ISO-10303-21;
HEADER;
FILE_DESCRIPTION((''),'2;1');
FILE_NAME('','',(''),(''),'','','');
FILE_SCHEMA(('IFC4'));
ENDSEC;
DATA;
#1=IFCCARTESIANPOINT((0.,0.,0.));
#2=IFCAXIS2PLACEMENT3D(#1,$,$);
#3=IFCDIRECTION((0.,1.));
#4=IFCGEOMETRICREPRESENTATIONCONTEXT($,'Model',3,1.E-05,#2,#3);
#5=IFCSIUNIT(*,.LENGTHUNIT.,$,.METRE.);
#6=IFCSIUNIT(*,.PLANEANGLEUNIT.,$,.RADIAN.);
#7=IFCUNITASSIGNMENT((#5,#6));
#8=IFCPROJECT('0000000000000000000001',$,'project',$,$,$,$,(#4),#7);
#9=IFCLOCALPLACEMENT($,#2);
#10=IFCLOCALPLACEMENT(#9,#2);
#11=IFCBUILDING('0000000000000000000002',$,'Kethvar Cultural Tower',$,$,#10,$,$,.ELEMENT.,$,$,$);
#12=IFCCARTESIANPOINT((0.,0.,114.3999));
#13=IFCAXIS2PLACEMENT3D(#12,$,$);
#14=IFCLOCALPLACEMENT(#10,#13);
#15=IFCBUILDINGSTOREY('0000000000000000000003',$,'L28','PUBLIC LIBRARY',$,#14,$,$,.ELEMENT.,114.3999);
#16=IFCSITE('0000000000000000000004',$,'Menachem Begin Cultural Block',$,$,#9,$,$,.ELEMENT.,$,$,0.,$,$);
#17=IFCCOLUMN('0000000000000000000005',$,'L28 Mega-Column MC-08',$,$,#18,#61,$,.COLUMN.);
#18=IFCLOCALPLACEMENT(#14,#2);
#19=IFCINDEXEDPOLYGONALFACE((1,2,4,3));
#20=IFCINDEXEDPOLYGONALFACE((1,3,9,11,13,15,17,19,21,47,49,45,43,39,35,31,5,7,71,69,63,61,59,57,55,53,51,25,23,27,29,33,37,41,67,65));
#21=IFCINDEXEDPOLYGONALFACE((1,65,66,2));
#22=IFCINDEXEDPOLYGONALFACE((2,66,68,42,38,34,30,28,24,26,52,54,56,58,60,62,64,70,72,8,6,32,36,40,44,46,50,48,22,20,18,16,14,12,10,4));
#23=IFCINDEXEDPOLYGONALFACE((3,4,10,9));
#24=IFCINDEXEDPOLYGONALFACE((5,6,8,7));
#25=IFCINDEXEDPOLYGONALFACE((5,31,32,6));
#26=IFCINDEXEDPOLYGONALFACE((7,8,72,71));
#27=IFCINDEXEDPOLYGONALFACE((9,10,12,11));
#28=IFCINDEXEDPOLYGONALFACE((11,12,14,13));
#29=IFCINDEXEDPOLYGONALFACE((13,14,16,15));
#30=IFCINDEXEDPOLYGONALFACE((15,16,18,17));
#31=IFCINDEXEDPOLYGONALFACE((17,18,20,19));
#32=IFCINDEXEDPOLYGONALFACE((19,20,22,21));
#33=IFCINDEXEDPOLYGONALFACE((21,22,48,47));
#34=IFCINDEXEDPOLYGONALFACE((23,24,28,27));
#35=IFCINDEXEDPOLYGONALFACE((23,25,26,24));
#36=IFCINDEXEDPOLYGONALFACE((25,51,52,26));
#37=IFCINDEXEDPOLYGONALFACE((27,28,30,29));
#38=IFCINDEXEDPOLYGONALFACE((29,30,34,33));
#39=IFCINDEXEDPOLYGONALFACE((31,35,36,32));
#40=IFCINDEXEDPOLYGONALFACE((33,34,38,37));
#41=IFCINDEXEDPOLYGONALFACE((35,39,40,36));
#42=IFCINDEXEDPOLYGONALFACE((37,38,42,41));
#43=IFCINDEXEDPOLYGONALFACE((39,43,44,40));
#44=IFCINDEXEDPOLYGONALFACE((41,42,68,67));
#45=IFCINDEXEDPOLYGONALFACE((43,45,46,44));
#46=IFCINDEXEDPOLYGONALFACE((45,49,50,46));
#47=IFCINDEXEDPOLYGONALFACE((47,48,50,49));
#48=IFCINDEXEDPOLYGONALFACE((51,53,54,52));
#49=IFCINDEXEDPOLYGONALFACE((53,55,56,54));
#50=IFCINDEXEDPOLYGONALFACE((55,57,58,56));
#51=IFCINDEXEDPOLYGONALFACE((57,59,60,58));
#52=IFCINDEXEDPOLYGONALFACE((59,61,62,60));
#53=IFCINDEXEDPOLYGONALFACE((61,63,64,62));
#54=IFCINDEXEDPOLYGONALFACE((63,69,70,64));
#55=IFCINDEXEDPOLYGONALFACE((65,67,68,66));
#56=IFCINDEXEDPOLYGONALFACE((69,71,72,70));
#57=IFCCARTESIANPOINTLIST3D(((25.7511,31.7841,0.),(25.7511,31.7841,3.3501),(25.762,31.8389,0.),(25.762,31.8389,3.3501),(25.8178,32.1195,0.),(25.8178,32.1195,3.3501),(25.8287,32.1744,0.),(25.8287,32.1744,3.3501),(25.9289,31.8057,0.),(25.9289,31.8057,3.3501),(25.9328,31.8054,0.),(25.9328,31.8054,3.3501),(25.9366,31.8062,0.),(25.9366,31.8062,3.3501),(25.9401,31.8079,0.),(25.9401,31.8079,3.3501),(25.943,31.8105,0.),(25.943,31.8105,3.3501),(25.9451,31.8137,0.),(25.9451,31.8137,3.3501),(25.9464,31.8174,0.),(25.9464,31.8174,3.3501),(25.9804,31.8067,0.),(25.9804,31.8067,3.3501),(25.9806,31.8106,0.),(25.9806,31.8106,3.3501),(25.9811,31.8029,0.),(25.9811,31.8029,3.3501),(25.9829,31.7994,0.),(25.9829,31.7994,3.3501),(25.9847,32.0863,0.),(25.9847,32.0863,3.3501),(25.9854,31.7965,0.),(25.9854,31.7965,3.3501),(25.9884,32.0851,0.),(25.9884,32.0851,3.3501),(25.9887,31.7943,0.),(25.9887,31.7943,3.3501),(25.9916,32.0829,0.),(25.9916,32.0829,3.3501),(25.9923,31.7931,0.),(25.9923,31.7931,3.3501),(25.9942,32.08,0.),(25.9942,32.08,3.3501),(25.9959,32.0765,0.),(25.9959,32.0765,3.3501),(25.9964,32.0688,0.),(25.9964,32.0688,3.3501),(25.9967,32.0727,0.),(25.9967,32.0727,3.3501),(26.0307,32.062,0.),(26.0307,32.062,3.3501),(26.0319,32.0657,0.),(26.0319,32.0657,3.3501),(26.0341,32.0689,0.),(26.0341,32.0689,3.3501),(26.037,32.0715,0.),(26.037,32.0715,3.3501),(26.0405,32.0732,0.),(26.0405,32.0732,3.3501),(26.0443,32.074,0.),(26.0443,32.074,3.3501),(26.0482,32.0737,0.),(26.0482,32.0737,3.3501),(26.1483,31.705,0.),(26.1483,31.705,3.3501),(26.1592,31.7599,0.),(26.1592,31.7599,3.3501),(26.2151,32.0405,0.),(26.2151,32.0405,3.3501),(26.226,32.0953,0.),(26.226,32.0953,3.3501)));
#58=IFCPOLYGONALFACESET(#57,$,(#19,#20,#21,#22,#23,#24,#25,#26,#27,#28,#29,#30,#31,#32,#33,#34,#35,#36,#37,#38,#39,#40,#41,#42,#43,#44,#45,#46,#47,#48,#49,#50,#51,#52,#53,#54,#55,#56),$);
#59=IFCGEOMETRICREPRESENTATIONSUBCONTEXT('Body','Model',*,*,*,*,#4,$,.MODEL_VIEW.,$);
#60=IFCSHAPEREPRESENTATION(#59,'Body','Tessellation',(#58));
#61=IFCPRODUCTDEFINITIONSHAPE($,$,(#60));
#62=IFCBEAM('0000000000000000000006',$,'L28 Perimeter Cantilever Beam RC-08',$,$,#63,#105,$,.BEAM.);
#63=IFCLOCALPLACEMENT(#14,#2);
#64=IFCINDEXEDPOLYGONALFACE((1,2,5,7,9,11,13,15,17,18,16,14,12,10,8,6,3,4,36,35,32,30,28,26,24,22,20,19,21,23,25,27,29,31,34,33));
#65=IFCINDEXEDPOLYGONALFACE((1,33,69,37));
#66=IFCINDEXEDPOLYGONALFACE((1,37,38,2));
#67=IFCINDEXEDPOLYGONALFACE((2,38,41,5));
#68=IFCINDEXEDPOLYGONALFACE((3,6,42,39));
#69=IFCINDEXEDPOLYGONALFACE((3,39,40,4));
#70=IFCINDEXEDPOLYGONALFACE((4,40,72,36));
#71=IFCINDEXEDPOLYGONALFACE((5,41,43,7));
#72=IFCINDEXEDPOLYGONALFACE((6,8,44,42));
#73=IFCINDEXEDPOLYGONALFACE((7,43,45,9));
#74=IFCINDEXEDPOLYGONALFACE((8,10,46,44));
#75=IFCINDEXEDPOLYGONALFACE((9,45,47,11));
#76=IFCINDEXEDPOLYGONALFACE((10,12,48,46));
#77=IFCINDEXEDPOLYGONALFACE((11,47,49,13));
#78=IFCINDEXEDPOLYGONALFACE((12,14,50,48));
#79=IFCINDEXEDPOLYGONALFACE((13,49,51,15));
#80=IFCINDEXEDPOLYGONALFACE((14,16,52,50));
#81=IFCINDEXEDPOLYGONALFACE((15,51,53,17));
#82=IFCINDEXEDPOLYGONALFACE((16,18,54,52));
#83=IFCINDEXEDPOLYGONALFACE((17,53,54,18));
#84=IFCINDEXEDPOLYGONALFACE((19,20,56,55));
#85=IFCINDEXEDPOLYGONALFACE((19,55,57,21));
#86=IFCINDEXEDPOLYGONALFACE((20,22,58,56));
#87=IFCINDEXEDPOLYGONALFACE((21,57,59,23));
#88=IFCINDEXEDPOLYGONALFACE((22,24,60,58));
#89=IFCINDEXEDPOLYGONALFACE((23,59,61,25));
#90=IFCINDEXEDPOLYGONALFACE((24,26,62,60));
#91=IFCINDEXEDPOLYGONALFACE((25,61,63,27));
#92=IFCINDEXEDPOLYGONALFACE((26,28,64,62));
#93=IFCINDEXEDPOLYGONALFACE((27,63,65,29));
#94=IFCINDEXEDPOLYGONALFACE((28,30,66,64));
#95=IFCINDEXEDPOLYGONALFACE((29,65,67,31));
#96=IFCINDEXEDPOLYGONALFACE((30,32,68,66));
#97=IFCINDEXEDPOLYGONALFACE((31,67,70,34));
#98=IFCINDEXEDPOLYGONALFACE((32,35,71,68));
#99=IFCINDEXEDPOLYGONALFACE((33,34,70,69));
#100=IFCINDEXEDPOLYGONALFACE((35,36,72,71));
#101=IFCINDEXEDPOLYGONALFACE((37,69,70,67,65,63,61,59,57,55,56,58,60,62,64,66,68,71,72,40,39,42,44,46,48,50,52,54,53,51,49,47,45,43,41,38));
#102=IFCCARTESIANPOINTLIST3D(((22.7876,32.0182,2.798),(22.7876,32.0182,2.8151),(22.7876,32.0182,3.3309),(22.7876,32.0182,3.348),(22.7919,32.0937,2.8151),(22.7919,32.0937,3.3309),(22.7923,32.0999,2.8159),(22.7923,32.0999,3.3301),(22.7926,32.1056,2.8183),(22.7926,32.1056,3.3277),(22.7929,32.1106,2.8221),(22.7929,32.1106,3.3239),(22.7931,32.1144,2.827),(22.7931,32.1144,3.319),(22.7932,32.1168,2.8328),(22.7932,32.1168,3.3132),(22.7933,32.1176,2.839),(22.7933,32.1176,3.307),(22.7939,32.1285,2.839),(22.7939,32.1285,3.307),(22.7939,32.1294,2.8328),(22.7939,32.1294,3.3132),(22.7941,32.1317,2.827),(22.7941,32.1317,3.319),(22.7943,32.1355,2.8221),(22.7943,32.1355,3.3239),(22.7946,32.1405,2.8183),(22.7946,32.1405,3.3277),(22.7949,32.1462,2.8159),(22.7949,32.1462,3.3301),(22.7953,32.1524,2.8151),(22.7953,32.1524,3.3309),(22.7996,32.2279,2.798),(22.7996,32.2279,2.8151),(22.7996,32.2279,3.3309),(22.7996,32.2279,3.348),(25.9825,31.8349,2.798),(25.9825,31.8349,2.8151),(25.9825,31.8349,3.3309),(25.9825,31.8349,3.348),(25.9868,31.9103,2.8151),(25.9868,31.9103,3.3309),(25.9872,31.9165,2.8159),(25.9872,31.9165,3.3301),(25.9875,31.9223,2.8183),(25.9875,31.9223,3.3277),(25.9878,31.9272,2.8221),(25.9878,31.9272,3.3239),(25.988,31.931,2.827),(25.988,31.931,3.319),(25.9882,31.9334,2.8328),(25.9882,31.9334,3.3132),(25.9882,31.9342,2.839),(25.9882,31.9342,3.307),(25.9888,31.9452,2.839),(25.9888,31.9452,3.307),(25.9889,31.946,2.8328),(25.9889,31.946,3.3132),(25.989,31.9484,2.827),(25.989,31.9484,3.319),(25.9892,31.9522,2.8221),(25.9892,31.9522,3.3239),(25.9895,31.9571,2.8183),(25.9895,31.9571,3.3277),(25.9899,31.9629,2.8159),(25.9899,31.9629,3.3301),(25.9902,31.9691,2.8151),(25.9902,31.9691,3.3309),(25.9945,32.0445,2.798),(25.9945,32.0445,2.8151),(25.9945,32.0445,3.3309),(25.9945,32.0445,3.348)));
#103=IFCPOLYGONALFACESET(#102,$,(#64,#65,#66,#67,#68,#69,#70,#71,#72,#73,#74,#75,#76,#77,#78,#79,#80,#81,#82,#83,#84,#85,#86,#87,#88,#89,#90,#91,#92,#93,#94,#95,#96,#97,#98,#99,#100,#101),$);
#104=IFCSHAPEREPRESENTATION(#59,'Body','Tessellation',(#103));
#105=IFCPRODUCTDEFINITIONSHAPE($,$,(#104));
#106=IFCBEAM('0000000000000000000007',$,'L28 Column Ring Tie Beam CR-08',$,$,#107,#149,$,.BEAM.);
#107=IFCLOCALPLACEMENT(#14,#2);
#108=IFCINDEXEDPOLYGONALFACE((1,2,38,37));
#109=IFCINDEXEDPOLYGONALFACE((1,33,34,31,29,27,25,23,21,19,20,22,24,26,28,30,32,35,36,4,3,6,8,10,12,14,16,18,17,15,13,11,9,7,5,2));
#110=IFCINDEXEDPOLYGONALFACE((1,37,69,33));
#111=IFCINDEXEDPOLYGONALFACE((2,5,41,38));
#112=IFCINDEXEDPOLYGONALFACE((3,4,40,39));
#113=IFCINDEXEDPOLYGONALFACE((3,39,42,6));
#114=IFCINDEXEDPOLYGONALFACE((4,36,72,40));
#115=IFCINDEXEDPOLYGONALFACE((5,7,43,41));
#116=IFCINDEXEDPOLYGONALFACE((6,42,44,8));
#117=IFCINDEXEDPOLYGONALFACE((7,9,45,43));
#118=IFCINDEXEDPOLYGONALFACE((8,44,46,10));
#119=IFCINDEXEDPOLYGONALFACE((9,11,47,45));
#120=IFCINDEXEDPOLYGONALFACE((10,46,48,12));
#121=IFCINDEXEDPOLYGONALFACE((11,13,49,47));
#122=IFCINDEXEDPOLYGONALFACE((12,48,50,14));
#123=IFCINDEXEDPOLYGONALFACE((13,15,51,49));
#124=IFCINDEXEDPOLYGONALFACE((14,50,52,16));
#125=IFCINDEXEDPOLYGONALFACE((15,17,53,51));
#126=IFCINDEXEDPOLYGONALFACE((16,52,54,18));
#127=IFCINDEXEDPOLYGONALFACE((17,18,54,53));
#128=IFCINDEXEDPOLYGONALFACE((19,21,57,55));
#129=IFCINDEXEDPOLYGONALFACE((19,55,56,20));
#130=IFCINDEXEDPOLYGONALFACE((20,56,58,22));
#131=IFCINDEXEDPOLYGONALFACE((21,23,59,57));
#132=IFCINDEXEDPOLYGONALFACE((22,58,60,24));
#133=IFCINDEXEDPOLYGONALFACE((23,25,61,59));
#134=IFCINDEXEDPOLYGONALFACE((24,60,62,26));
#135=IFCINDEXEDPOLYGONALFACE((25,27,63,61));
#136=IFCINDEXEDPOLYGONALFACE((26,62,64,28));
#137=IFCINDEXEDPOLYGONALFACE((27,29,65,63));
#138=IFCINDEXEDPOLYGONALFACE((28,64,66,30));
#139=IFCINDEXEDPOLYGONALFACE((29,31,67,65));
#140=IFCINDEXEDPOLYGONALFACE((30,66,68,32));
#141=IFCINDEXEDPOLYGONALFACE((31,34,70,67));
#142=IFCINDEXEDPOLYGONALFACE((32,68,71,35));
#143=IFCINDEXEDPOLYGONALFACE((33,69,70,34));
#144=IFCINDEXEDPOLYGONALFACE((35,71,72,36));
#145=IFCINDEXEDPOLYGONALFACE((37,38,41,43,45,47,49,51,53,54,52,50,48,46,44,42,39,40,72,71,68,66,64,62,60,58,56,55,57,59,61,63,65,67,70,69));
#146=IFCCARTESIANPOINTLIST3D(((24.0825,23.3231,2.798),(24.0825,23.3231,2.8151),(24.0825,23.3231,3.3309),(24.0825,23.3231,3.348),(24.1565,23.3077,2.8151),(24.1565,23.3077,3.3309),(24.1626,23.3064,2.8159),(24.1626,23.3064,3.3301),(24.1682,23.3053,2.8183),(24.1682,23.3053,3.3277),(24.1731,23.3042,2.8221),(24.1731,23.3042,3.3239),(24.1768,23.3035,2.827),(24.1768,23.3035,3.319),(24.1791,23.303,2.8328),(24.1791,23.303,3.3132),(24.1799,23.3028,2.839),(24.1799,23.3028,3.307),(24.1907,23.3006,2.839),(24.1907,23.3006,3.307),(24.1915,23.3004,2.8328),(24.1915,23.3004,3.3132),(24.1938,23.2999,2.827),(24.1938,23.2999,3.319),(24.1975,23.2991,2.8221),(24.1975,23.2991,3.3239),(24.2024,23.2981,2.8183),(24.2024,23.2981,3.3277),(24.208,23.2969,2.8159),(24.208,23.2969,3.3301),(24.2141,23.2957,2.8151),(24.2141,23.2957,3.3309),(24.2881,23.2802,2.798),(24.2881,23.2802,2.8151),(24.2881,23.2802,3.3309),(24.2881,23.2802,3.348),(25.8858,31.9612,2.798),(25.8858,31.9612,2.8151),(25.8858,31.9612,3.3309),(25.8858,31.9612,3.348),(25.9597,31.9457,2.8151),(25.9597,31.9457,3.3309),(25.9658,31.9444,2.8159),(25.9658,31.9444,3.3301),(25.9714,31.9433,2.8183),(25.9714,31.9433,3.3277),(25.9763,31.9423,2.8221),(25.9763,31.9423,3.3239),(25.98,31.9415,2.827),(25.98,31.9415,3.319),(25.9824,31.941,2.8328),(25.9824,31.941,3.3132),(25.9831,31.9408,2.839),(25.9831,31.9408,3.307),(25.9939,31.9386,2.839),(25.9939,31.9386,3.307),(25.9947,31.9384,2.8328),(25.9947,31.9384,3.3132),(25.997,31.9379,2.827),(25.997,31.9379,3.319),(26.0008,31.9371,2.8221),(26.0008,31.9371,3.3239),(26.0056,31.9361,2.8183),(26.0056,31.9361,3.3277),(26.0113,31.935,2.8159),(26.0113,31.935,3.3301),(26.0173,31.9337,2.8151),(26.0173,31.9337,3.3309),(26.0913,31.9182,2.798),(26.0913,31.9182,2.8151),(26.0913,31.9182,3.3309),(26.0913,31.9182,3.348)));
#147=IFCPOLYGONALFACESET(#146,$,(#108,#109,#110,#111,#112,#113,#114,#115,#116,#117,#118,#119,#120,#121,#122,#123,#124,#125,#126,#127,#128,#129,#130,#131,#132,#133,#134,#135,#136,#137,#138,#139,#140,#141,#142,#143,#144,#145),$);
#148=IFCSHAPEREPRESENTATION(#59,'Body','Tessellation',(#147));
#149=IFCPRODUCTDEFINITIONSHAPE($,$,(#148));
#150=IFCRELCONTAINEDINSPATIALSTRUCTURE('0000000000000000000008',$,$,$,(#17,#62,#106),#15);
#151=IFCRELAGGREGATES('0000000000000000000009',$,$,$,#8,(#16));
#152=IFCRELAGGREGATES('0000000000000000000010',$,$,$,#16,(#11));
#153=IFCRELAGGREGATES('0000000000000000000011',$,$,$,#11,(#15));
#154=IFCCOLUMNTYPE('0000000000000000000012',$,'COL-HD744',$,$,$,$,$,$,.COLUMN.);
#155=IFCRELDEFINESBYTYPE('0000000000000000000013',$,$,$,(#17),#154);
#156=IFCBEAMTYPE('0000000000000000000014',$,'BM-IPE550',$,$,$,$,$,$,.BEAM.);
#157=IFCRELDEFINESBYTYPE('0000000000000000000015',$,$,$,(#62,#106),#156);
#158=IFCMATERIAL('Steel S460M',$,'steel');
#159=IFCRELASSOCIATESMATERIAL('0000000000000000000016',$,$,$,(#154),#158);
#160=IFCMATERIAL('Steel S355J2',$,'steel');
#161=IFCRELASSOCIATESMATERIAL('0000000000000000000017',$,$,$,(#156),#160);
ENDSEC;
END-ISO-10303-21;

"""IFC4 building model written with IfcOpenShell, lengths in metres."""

from ifc_helpers import new_model, si_unit, direction, frame, origin, origin_2d, place, context, subcontext, project, spatial, i_section, extrude, source, transform, mapped, material, material_profile, profile_set, type_object, element, save


model = new_model("IFC4")

# Units and contexts
model_context = context("Model", 3, precision=1e-05, world=origin(), true_north=direction((0.0, 1.0)))
body_context = subcontext(model_context, "Body", "Model", "MODEL_VIEW")
ifc_project = project(units=[si_unit("LENGTHUNIT", "METRE"), si_unit("PLANEANGLEUNIT", "RADIAN")], contexts=[model_context])

# Site, building, storey
site_placement = place(None, origin())
site = spatial("IfcSite", under=ifc_project, at=site_placement, Name="Menachem Begin Cultural Block", CompositionType="ELEMENT", RefElevation=0.0)
building_placement = place(site_placement, origin())
building = spatial("IfcBuilding", under=site, at=building_placement, Name="Kethvar Cultural Tower", CompositionType="ELEMENT")
storey_placement = place(building_placement, frame((0.0, 0.0, 114.3999)))
storey = spatial("IfcBuildingStorey", under=building, at=storey_placement, Name="L28", Description="PUBLIC LIBRARY", CompositionType="ELEMENT", Elevation=114.3999)

# Column
ifc_material_1 = material(Name="Steel S460M", Category="steel")
ifc_material_profile_1 = material_profile(ifc_material_1, i_section(OverallWidth=0.405, OverallDepth=0.3979, WebThickness=0.0349, FlangeThickness=0.0559, FilletRadius=0.0149, at=origin_2d()), Name="Steel S460M — HD400x744")
ifc_profile_set_1 = profile_set([ifc_material_profile_1], Name="Steel S460M — HD400x744")
column_type = type_object("IfcColumnType", Name="COL-HD744", PredefinedType="COLUMN", material=ifc_profile_set_1)
shared_shape_1 = source(origin(), body_context, "Body", "SweptSolid", [
    extrude(i_section(OverallWidth=0.405, OverallDepth=0.3979, WebThickness=0.0349, FlangeThickness=0.0559, FilletRadius=0.0149, at=origin_2d()), origin(), (0.0, 0.0, 1.0), 3.3501),
])
column_placement = place(storey_placement, frame((25.9885, 31.9397, 0.0), z_axis=(0.0, 0.0, 1.0), x_axis=(-0.980785, 0.19509, 0.0)))
element("IfcColumn", 1, at=column_placement, inside=storey, type_object=column_type, Name="L28 Mega-Column MC-08", PredefinedType="COLUMN", context=body_context, shape_type="MappedRepresentation", body=[
    mapped(shared_shape_1, transform((0.0, 0.0, 0.0), scale=1.0)),
])

# Beams
ifc_material_2 = material(Name="Steel S355J2", Category="steel")
ifc_material_profile_2 = material_profile(ifc_material_2, i_section(OverallWidth=0.21, OverallDepth=0.55, WebThickness=0.011, FlangeThickness=0.0171, FilletRadius=0.0239, at=origin_2d()), Name="Steel S355J2 — IPE550")
ifc_profile_set_2 = profile_set([ifc_material_profile_2], Name="Steel S355J2 — IPE550")
beam_type_1 = type_object("IfcBeamType", Name="BM-IPE550", PredefinedType="BEAM", material=ifc_profile_set_2)
shared_shape_2 = source(origin(), body_context, "Body", "SweptSolid", [
    extrude(i_section(OverallWidth=0.21, OverallDepth=0.55, WebThickness=0.011, FlangeThickness=0.0171, FilletRadius=0.0239, at=origin_2d()), origin(), (0.0, 0.0, 1.0), 3.2002),
])
beam_1_placement = place(storey_placement, frame((25.9885, 31.9397, 3.073), z_axis=(-0.998357, 0.057295, 0.0), x_axis=(-0.057295, -0.998357, 0.0)))
element("IfcBeam", 2, at=beam_1_placement, inside=storey, type_object=beam_type_1, Name="L28 Perimeter Cantilever Beam RC-08", PredefinedType="BEAM", context=body_context, shape_type="MappedRepresentation", body=[
    mapped(shared_shape_2, transform((0.0, 0.0, 0.0), scale=1.0)),
])
shared_shape_3 = source(origin(), body_context, "Body", "SweptSolid", [
    extrude(i_section(OverallWidth=0.21, OverallDepth=0.55, WebThickness=0.011, FlangeThickness=0.0171, FilletRadius=0.0239, at=origin_2d()), origin(), (0.0, 0.0, 1.0), 8.8242),
])
beam_2_placement = place(storey_placement, frame((25.9885, 31.9397, 3.073), z_axis=(-0.204351, -0.978898, 0.0), x_axis=(0.978898, -0.204351, 0.0)))
element("IfcBeam", 3, at=beam_2_placement, inside=storey, type_object=beam_type_1, Name="L28 Column Ring Tie Beam CR-08", PredefinedType="BEAM", context=body_context, shape_type="MappedRepresentation", body=[
    mapped(shared_shape_3, transform((0.0, 0.0, 0.0), scale=1.0)),
])

save(model, "model.ifc")
